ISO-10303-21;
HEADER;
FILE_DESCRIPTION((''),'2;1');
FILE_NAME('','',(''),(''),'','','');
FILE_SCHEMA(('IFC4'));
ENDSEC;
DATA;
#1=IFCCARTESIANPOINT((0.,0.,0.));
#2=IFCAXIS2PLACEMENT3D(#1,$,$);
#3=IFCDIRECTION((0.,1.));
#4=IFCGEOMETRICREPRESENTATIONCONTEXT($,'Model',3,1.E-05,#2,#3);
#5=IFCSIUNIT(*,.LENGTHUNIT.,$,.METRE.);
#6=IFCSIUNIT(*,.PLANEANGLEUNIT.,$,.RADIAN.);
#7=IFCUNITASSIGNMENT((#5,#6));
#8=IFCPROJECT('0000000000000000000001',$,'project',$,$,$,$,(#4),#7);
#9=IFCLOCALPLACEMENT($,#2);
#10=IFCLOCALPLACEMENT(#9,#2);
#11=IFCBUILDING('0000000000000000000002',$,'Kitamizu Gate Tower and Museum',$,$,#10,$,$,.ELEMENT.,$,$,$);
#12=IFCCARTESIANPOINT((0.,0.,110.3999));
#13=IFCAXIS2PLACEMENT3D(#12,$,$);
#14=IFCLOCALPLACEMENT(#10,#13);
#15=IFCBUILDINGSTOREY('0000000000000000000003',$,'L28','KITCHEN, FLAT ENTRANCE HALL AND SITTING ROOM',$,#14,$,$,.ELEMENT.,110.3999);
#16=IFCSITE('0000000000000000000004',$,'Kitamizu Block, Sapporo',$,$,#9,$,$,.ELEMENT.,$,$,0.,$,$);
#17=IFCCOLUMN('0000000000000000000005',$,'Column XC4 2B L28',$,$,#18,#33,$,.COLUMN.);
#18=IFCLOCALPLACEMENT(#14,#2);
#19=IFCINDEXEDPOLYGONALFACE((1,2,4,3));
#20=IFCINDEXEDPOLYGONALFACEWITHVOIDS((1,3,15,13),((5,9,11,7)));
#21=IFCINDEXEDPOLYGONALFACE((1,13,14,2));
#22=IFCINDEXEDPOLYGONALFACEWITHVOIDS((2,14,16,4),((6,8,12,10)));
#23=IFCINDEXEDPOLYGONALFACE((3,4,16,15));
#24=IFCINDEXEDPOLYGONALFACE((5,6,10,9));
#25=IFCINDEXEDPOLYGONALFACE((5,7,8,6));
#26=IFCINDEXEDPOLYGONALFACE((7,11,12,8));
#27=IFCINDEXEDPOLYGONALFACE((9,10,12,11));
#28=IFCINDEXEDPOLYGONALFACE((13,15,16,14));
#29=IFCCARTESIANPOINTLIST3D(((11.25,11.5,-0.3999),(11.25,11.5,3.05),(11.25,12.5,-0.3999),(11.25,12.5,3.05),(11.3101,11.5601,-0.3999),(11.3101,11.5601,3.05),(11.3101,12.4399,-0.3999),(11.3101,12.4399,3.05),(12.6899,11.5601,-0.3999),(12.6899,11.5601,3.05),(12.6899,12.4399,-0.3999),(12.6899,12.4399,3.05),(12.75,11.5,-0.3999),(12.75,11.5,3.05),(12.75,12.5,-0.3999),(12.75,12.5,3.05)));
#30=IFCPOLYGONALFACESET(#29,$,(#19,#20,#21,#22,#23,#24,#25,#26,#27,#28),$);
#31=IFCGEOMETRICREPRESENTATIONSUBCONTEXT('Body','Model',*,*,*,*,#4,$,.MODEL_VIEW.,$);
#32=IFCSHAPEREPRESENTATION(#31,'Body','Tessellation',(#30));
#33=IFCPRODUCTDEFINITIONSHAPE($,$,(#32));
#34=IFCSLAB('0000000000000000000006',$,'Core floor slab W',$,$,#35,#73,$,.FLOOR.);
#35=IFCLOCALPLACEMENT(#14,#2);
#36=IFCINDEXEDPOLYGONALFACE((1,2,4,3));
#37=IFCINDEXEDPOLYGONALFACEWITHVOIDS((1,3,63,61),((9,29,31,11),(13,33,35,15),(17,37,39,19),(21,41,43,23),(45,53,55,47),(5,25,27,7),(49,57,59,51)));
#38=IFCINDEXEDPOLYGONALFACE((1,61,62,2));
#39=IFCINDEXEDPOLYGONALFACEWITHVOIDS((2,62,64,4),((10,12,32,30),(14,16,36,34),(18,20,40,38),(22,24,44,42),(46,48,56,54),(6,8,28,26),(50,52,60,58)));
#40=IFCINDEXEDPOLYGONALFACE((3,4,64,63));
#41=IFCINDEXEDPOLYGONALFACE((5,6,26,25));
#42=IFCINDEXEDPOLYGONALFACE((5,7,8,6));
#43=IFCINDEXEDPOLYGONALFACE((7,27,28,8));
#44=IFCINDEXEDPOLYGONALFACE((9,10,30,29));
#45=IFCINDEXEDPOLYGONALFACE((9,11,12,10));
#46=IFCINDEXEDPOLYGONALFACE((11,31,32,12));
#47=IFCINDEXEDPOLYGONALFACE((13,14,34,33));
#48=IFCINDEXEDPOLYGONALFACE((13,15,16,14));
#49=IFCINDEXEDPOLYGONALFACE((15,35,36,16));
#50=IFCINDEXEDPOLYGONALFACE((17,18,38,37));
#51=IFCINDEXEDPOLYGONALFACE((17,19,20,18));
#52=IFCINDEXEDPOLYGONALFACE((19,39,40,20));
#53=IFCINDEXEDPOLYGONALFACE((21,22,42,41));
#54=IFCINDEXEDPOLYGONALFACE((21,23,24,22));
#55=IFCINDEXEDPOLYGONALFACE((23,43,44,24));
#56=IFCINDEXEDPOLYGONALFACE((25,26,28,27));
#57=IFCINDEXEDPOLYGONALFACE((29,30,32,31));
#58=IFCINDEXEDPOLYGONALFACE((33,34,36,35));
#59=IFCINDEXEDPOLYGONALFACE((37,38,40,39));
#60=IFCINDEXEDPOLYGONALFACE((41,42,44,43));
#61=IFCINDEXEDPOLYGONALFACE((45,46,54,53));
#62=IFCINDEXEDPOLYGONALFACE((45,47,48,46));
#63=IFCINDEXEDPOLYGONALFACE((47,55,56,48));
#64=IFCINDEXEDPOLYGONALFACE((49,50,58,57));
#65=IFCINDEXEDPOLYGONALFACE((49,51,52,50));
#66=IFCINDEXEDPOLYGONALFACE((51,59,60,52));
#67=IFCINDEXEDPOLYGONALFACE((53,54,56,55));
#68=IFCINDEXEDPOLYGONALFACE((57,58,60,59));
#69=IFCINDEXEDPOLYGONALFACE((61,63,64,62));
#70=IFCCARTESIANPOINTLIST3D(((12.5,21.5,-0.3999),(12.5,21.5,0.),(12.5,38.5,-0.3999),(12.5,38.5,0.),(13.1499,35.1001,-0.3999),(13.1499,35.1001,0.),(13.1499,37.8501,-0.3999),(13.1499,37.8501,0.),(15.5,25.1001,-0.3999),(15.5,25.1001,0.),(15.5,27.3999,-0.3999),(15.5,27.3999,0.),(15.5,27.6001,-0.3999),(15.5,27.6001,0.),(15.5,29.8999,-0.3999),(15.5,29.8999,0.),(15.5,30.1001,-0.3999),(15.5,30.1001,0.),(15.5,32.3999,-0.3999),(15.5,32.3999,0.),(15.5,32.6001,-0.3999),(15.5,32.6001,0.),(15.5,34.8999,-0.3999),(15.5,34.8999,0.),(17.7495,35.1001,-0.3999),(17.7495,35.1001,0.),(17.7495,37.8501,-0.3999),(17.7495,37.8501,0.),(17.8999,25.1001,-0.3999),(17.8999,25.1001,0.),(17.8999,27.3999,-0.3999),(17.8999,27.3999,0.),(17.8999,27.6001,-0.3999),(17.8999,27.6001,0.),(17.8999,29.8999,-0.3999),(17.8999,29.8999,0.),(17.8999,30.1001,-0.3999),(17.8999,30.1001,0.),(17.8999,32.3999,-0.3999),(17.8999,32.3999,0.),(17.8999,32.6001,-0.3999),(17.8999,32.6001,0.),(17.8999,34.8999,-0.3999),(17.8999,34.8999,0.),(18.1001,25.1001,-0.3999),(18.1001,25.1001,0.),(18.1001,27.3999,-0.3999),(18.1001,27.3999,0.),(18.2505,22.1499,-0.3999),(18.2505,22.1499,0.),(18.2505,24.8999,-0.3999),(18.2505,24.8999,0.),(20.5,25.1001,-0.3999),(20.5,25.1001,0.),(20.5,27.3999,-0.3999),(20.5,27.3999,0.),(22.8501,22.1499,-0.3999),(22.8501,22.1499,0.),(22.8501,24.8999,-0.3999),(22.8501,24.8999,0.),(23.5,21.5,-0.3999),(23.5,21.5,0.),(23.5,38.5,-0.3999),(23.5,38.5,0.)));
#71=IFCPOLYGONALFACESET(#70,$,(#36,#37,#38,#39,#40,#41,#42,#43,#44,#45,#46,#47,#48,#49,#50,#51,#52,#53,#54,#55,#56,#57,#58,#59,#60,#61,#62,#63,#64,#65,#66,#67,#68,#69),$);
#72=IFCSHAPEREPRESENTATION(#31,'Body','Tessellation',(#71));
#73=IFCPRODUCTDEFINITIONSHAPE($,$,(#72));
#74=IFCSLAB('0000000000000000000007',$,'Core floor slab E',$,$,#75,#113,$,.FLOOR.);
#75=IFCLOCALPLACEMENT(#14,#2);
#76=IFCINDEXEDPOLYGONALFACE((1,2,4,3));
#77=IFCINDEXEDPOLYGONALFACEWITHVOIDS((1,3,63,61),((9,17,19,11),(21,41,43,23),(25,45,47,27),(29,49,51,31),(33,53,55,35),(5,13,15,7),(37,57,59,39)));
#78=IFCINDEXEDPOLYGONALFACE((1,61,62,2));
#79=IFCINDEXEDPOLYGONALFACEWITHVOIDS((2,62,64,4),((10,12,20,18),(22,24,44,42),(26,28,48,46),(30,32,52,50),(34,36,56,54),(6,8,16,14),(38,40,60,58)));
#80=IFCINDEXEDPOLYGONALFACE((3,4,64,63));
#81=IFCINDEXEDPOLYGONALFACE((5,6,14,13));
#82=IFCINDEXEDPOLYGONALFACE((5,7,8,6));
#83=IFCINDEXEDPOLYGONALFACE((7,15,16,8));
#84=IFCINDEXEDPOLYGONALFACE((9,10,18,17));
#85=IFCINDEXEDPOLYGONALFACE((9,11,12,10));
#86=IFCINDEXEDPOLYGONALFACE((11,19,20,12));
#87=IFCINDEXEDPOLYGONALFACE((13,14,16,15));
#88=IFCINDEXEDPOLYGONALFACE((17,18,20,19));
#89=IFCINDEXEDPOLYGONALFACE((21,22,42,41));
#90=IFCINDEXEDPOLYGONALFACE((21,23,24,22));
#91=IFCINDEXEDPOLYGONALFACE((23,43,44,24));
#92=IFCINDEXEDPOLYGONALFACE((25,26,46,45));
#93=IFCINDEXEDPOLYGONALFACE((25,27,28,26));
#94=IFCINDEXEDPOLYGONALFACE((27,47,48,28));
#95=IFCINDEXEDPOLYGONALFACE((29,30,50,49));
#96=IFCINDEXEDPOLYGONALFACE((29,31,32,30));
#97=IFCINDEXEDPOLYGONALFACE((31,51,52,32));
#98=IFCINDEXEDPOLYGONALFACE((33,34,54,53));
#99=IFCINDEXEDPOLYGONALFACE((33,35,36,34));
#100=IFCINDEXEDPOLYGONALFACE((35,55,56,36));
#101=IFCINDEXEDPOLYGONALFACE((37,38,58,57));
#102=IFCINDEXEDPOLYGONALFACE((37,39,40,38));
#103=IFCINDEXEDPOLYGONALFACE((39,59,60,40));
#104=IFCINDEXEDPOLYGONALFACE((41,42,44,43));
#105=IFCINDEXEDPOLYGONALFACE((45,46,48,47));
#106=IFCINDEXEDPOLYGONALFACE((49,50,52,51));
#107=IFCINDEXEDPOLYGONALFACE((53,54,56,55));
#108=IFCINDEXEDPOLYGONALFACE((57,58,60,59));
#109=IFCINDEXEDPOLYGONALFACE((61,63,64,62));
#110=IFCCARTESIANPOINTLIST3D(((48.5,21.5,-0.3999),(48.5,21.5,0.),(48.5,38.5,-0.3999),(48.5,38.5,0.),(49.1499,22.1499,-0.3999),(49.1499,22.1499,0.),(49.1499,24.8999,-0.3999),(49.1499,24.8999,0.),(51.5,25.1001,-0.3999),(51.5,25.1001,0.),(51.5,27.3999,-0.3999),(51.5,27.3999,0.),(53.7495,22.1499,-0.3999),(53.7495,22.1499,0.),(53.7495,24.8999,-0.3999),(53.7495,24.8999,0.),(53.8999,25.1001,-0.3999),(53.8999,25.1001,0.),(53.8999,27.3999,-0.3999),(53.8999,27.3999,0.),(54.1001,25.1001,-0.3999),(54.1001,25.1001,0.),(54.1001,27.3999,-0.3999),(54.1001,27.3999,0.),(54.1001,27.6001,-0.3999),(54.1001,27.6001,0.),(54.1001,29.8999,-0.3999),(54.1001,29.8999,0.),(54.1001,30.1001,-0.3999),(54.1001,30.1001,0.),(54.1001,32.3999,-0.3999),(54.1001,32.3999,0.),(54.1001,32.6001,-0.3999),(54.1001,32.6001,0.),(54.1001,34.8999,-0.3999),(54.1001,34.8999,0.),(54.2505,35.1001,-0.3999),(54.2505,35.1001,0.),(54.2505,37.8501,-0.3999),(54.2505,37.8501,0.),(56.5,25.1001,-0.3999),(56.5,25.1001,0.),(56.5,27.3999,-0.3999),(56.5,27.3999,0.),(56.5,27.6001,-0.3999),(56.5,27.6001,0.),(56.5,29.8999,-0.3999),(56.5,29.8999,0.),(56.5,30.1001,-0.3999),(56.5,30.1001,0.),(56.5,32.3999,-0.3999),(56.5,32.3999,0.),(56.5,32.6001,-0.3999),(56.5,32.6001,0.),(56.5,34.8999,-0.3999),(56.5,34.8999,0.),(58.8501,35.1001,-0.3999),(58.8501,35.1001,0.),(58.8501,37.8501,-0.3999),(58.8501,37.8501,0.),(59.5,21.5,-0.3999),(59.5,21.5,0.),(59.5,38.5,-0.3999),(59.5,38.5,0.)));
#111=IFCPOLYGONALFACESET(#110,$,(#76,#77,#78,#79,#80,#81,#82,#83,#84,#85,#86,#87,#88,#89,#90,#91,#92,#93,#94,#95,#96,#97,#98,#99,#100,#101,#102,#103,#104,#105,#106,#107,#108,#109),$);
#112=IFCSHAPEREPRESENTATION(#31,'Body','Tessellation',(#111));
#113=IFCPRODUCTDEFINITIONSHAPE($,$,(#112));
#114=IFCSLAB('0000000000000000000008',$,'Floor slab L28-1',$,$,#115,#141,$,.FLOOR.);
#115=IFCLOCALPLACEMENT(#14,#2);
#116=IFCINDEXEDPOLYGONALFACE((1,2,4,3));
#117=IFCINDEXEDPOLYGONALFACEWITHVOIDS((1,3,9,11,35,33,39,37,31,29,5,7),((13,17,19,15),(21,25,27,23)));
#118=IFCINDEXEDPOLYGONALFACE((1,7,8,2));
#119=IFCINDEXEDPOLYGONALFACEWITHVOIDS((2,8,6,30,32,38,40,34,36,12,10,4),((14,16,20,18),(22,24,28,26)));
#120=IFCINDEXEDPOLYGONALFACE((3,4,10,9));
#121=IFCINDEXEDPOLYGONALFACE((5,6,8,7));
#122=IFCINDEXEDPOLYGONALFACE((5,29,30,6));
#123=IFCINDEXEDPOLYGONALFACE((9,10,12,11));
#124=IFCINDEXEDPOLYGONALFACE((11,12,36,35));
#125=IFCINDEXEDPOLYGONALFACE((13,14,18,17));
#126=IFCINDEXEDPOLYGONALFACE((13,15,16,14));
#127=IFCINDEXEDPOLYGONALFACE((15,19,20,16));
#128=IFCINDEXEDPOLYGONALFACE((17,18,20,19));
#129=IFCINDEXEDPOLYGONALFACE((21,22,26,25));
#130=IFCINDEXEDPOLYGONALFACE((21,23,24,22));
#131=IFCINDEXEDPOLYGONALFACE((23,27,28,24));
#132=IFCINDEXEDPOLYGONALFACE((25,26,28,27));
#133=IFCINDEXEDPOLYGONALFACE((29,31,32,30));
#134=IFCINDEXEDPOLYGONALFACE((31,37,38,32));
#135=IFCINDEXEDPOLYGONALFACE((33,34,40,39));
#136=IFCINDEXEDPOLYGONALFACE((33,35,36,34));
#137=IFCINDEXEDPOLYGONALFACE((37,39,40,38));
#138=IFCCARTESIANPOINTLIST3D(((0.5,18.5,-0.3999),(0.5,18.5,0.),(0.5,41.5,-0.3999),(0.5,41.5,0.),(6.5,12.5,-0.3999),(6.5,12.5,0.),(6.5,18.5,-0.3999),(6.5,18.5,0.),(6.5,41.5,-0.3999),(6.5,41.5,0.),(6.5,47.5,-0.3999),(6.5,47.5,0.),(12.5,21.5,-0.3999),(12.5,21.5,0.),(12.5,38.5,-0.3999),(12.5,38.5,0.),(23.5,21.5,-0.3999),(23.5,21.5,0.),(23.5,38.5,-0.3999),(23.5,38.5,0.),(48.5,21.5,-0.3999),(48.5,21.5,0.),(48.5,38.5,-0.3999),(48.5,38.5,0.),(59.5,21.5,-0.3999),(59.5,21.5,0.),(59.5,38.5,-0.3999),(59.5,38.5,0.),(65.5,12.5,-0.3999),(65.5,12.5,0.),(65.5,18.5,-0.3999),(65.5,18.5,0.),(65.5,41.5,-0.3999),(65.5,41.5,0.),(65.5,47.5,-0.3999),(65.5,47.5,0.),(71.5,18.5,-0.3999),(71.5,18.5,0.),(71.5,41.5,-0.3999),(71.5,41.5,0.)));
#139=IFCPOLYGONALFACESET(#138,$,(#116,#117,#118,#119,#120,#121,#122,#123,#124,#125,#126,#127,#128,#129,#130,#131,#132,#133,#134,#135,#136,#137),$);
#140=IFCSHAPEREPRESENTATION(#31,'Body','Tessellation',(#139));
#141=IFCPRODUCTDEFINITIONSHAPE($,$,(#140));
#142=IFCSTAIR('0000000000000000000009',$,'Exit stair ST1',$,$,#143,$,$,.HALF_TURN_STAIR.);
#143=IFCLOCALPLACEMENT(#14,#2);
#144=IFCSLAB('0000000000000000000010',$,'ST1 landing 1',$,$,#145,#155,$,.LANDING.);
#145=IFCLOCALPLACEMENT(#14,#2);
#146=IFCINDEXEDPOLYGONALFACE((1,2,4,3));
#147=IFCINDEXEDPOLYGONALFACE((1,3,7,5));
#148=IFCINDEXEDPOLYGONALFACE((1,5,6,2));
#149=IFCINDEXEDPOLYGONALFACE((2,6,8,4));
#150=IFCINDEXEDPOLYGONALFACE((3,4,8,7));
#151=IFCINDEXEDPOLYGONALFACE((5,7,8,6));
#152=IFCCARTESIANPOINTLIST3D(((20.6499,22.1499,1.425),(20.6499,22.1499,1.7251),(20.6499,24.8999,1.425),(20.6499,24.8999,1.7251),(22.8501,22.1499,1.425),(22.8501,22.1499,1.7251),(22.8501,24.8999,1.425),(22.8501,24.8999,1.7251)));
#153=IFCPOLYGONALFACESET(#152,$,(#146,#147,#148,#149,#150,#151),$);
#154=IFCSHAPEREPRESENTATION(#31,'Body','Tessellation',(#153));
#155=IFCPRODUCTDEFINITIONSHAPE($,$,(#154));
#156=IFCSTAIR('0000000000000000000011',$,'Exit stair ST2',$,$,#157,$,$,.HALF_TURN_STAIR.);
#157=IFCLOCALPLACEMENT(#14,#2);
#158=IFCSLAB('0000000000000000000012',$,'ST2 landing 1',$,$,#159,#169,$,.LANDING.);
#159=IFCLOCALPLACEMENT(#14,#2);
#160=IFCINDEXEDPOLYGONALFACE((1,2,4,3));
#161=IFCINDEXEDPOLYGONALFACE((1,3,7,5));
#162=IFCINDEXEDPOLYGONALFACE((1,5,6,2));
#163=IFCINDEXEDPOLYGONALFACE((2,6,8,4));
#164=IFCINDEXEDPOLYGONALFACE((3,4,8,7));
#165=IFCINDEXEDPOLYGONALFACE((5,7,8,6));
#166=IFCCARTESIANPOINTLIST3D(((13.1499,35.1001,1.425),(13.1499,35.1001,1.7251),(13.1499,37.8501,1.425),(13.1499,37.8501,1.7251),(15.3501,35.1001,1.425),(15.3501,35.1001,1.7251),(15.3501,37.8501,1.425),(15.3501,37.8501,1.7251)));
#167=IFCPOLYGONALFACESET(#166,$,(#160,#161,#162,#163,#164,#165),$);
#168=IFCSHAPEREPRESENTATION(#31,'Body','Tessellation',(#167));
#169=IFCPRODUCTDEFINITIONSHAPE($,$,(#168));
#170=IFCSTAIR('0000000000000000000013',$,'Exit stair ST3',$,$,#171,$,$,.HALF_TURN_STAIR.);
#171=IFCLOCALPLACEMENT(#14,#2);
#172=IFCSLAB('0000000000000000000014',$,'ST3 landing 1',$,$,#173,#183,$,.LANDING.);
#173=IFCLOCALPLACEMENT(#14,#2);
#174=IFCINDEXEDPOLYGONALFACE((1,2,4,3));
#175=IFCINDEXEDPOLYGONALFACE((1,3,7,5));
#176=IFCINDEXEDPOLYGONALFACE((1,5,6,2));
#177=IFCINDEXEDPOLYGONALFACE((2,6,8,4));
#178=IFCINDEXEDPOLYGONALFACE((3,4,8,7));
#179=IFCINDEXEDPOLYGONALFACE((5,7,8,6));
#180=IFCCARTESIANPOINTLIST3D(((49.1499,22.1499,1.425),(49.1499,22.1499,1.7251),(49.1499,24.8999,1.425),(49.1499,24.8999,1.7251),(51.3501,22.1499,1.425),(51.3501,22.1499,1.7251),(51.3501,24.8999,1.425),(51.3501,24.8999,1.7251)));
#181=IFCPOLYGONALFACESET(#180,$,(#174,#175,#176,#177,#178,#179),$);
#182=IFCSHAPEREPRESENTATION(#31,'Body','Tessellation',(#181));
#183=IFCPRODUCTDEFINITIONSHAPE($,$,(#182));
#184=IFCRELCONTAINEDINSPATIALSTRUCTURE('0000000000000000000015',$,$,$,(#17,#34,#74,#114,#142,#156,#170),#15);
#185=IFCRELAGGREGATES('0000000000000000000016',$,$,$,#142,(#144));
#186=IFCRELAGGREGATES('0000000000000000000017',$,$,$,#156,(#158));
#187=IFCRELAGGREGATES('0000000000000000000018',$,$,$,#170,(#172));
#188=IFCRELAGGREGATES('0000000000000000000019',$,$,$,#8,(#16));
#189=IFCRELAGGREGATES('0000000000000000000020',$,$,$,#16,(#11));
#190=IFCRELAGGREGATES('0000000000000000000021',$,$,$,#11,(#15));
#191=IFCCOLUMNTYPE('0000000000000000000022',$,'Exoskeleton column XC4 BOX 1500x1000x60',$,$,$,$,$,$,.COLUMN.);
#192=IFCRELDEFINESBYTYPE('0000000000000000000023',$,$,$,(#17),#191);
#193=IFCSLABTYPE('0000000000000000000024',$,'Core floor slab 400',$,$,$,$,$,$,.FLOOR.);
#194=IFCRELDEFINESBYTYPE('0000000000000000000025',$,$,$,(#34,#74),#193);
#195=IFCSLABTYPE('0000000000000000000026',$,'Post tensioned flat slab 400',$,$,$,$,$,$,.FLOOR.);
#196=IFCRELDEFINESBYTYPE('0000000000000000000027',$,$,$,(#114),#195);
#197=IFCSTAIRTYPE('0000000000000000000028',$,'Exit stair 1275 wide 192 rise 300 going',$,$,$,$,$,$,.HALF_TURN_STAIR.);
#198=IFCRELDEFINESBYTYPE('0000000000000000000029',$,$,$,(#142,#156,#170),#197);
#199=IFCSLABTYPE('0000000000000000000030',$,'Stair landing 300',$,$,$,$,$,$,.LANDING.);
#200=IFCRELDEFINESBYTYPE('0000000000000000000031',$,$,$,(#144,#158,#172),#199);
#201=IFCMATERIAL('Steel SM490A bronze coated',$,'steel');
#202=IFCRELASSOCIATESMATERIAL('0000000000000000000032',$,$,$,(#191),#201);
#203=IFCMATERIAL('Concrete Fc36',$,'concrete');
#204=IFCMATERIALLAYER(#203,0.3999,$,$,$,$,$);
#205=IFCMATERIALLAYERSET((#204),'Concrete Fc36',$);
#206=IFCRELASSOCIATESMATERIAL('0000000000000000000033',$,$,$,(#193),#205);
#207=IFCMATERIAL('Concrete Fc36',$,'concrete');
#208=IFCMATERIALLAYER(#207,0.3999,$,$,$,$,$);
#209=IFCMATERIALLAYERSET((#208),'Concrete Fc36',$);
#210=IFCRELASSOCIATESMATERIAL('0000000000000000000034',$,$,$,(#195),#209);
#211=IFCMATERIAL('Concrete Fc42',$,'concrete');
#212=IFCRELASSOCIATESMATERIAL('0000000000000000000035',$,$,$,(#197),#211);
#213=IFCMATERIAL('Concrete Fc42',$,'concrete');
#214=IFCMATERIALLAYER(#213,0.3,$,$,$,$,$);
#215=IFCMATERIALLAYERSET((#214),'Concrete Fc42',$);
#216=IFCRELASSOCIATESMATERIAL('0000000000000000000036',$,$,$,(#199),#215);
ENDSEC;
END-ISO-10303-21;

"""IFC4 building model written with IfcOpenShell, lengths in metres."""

from ifc_helpers import new_model, si_unit, direction, frame, origin, origin_2d, place, context, subcontext, project, spatial, polyline, hollow_rectangle, outline, extrude, material, layer, layer_set, material_profile, profile_set, type_object, element, aggregate, save


model = new_model("IFC4")

# Units and contexts
model_context = context("Model", 3, precision=1e-05, world=origin(), true_north=direction((0.0, 1.0)))
body_context = subcontext(model_context, "Body", "Model", "MODEL_VIEW")
ifc_project = project(units=[si_unit("LENGTHUNIT", "METRE"), si_unit("PLANEANGLEUNIT", "RADIAN")], contexts=[model_context])

# Site, building, storey
site_placement = place(None, origin())
site = spatial("IfcSite", under=ifc_project, at=site_placement, Name="Kitamizu Block, Sapporo", CompositionType="ELEMENT", RefElevation=0.0)
building_placement = place(site_placement, origin())
building = spatial("IfcBuilding", under=site, at=building_placement, Name="Kitamizu Gate Tower and Museum", CompositionType="ELEMENT")
storey_placement = place(building_placement, frame((0.0, 0.0, 110.3999)))
storey = spatial("IfcBuildingStorey", under=building, at=storey_placement, Name="L28", Description="KITCHEN, FLAT ENTRANCE HALL AND SITTING ROOM", CompositionType="ELEMENT", Elevation=110.3999)

# Column
ifc_material_1 = material(Name="Steel SM490A bronze coated", Category="steel")
ifc_material_profile = material_profile(ifc_material_1, hollow_rectangle(XDim=1.5, YDim=1.0, WallThickness=0.0601, at=origin_2d()), Name="BOX 1500x1000x60")
ifc_profile_set = profile_set([ifc_material_profile], Name="Steel SM490A bronze coated")
column_type = type_object("IfcColumnType", Name="Exoskeleton column XC4 BOX 1500x1000x60", PredefinedType="COLUMN", material=ifc_profile_set)
column_placement = place(storey_placement, frame((12.0, 12.0, -0.3999), z_axis=(0.0, 0.0, 1.0), x_axis=(1.0, 0.0, 0.0)))
element("IfcColumn", 1, at=column_placement, inside=storey, type_object=column_type, Name="Column XC4 2B L28", PredefinedType="COLUMN", context=body_context, shape_type="SweptSolid", body=[
    extrude(hollow_rectangle(XDim=1.5, YDim=1.0, WallThickness=0.0601, at=origin_2d()), origin(), (0.0, 0.0, 1.0), 3.45),
])

# Slabs
ifc_material_2 = material(Name="Concrete Fc36", Category="concrete")
ifc_layer_1 = layer(ifc_material_2, 0.3999)
ifc_layer_set_1 = layer_set([ifc_layer_1], Name="Concrete Fc36")
slab_type_1 = type_object("IfcSlabType", Name="Core floor slab 400", PredefinedType="FLOOR", material=ifc_layer_set_1)
slab_1_placement = place(storey_placement, frame((0.0, 0.0, -0.3999)))
element("IfcSlab", 2, at=slab_1_placement, inside=storey, type_object=slab_type_1, Name="Core floor slab W", PredefinedType="FLOOR", context=body_context, shape_type="SweptSolid", body=[
    extrude(outline(polyline([(12.5, 21.5), (23.5, 21.5), (23.5, 38.5), (12.5, 38.5), (12.5, 21.5)]), holes=[polyline([(15.5, 25.1001), (17.8999, 25.1001), (17.8999, 27.3999), (15.5, 27.3999), (15.5, 25.1001)]), polyline([(15.5, 27.6001), (17.8999, 27.6001), (17.8999, 29.8999), (15.5, 29.8999), (15.5, 27.6001)]), polyline([(15.5, 30.1001), (17.8999, 30.1001), (17.8999, 32.3999), (15.5, 32.3999), (15.5, 30.1001)]), polyline([(15.5, 32.6001), (17.8999, 32.6001), (17.8999, 34.8999), (15.5, 34.8999), (15.5, 32.6001)]), polyline([(18.1001, 25.1001), (20.5, 25.1001), (20.5, 27.3999), (18.1001, 27.3999), (18.1001, 25.1001)]), polyline([(18.2505, 22.1499), (22.8501, 22.1499), (22.8501, 24.8999), (18.2505, 24.8999), (18.2505, 22.1499)]), polyline([(13.1499, 35.1001), (17.7495, 35.1001), (17.7495, 37.8501), (13.1499, 37.8501), (13.1499, 35.1001)])]), origin(), (0.0, 0.0, 1.0), 0.3999),
])
slab_2_placement = place(storey_placement, frame((0.0, 0.0, -0.3999)))
element("IfcSlab", 3, at=slab_2_placement, inside=storey, type_object=slab_type_1, Name="Core floor slab E", PredefinedType="FLOOR", context=body_context, shape_type="SweptSolid", body=[
    extrude(outline(polyline([(48.5, 21.5), (59.5, 21.5), (59.5, 38.5), (48.5, 38.5), (48.5, 21.5)]), holes=[polyline([(54.1001, 25.1001), (56.5, 25.1001), (56.5, 27.3999), (54.1001, 27.3999), (54.1001, 25.1001)]), polyline([(54.1001, 27.6001), (56.5, 27.6001), (56.5, 29.8999), (54.1001, 29.8999), (54.1001, 27.6001)]), polyline([(54.1001, 30.1001), (56.5, 30.1001), (56.5, 32.3999), (54.1001, 32.3999), (54.1001, 30.1001)]), polyline([(54.1001, 32.6001), (56.5, 32.6001), (56.5, 34.8999), (54.1001, 34.8999), (54.1001, 32.6001)]), polyline([(51.5, 25.1001), (53.8999, 25.1001), (53.8999, 27.3999), (51.5, 27.3999), (51.5, 25.1001)]), polyline([(49.1499, 22.1499), (53.7495, 22.1499), (53.7495, 24.8999), (49.1499, 24.8999), (49.1499, 22.1499)]), polyline([(54.2505, 35.1001), (58.8501, 35.1001), (58.8501, 37.8501), (54.2505, 37.8501), (54.2505, 35.1001)])]), origin(), (0.0, 0.0, 1.0), 0.3999),
])
ifc_material_3 = material(Name="Concrete Fc36", Category="concrete")
ifc_layer_2 = layer(ifc_material_3, 0.3999)
ifc_layer_set_2 = layer_set([ifc_layer_2], Name="Concrete Fc36")
slab_type_2 = type_object("IfcSlabType", Name="Post tensioned flat slab 400", PredefinedType="FLOOR", material=ifc_layer_set_2)
slab_3_placement = place(storey_placement, frame((0.0, 0.0, -0.3999)))
element("IfcSlab", 4, at=slab_3_placement, inside=storey, type_object=slab_type_2, Name="Floor slab L28-1", PredefinedType="FLOOR", context=body_context, shape_type="SweptSolid", body=[
    extrude(outline(polyline([(0.5, 18.5), (0.5, 41.5), (6.5, 41.5), (6.5, 47.5), (65.5, 47.5), (65.5, 41.5), (71.5, 41.5), (71.5, 18.5), (65.5, 18.5), (65.5, 12.5), (6.5, 12.5), (6.5, 18.5), (0.5, 18.5)]), holes=[polyline([(59.5, 38.5), (48.5, 38.5), (48.5, 21.5), (59.5, 21.5), (59.5, 38.5)]), polyline([(12.5, 38.5), (12.5, 21.5), (23.5, 21.5), (23.5, 38.5), (12.5, 38.5)])]), origin(), (0.0, 0.0, 1.0), 0.3999),
])

# Stairs, slabs
ifc_material_4 = material(Name="Concrete Fc42", Category="concrete")
stair_type = type_object("IfcStairType", Name="Exit stair 1275 wide 192 rise 300 going", PredefinedType="HALF_TURN_STAIR", material=ifc_material_4)
stair_1_placement = place(storey_placement, origin())
stair_1 = element("IfcStair", 5, at=stair_1_placement, inside=storey, type_object=stair_type, Name="Exit stair ST1", PredefinedType="HALF_TURN_STAIR")
ifc_material_5 = material(Name="Concrete Fc42", Category="concrete")
ifc_layer_3 = layer(ifc_material_5, 0.3)
ifc_layer_set_3 = layer_set([ifc_layer_3], Name="Concrete Fc42")
slab_type_3 = type_object("IfcSlabType", Name="Stair landing 300", PredefinedType="LANDING", material=ifc_layer_set_3)
slab_4_placement = place(storey_placement, frame((0.0, 0.0, 1.425)))
slab_4 = element("IfcSlab", 6, at=slab_4_placement, type_object=slab_type_3, Name="ST1 landing 1", PredefinedType="LANDING", context=body_context, shape_type="SweptSolid", body=[
    extrude(outline(polyline([(20.6499, 22.1499), (22.8501, 22.1499), (22.8501, 24.8999), (20.6499, 24.8999), (20.6499, 22.1499)])), origin(), (0.0, 0.0, 1.0), 0.3),
])
aggregate(stair_1, [slab_4])
stair_2_placement = place(storey_placement, origin())
stair_2 = element("IfcStair", 7, at=stair_2_placement, inside=storey, type_object=stair_type, Name="Exit stair ST2", PredefinedType="HALF_TURN_STAIR")
slab_5_placement = place(storey_placement, frame((0.0, 0.0, 1.425)))
slab_5 = element("IfcSlab", 8, at=slab_5_placement, type_object=slab_type_3, Name="ST2 landing 1", PredefinedType="LANDING", context=body_context, shape_type="SweptSolid", body=[
    extrude(outline(polyline([(13.1499, 35.1001), (15.3501, 35.1001), (15.3501, 37.8501), (13.1499, 37.8501), (13.1499, 35.1001)])), origin(), (0.0, 0.0, 1.0), 0.3),
])
aggregate(stair_2, [slab_5])
stair_3_placement = place(storey_placement, origin())
stair_3 = element("IfcStair", 9, at=stair_3_placement, inside=storey, type_object=stair_type, Name="Exit stair ST3", PredefinedType="HALF_TURN_STAIR")
slab_6_placement = place(storey_placement, frame((0.0, 0.0, 1.425)))
slab_6 = element("IfcSlab", 10, at=slab_6_placement, type_object=slab_type_3, Name="ST3 landing 1", PredefinedType="LANDING", context=body_context, shape_type="SweptSolid", body=[
    extrude(outline(polyline([(49.1499, 22.1499), (51.3501, 22.1499), (51.3501, 24.8999), (49.1499, 24.8999), (49.1499, 22.1499)])), origin(), (0.0, 0.0, 1.0), 0.3),
])
aggregate(stair_3, [slab_6])

save(model, "model.ifc")
